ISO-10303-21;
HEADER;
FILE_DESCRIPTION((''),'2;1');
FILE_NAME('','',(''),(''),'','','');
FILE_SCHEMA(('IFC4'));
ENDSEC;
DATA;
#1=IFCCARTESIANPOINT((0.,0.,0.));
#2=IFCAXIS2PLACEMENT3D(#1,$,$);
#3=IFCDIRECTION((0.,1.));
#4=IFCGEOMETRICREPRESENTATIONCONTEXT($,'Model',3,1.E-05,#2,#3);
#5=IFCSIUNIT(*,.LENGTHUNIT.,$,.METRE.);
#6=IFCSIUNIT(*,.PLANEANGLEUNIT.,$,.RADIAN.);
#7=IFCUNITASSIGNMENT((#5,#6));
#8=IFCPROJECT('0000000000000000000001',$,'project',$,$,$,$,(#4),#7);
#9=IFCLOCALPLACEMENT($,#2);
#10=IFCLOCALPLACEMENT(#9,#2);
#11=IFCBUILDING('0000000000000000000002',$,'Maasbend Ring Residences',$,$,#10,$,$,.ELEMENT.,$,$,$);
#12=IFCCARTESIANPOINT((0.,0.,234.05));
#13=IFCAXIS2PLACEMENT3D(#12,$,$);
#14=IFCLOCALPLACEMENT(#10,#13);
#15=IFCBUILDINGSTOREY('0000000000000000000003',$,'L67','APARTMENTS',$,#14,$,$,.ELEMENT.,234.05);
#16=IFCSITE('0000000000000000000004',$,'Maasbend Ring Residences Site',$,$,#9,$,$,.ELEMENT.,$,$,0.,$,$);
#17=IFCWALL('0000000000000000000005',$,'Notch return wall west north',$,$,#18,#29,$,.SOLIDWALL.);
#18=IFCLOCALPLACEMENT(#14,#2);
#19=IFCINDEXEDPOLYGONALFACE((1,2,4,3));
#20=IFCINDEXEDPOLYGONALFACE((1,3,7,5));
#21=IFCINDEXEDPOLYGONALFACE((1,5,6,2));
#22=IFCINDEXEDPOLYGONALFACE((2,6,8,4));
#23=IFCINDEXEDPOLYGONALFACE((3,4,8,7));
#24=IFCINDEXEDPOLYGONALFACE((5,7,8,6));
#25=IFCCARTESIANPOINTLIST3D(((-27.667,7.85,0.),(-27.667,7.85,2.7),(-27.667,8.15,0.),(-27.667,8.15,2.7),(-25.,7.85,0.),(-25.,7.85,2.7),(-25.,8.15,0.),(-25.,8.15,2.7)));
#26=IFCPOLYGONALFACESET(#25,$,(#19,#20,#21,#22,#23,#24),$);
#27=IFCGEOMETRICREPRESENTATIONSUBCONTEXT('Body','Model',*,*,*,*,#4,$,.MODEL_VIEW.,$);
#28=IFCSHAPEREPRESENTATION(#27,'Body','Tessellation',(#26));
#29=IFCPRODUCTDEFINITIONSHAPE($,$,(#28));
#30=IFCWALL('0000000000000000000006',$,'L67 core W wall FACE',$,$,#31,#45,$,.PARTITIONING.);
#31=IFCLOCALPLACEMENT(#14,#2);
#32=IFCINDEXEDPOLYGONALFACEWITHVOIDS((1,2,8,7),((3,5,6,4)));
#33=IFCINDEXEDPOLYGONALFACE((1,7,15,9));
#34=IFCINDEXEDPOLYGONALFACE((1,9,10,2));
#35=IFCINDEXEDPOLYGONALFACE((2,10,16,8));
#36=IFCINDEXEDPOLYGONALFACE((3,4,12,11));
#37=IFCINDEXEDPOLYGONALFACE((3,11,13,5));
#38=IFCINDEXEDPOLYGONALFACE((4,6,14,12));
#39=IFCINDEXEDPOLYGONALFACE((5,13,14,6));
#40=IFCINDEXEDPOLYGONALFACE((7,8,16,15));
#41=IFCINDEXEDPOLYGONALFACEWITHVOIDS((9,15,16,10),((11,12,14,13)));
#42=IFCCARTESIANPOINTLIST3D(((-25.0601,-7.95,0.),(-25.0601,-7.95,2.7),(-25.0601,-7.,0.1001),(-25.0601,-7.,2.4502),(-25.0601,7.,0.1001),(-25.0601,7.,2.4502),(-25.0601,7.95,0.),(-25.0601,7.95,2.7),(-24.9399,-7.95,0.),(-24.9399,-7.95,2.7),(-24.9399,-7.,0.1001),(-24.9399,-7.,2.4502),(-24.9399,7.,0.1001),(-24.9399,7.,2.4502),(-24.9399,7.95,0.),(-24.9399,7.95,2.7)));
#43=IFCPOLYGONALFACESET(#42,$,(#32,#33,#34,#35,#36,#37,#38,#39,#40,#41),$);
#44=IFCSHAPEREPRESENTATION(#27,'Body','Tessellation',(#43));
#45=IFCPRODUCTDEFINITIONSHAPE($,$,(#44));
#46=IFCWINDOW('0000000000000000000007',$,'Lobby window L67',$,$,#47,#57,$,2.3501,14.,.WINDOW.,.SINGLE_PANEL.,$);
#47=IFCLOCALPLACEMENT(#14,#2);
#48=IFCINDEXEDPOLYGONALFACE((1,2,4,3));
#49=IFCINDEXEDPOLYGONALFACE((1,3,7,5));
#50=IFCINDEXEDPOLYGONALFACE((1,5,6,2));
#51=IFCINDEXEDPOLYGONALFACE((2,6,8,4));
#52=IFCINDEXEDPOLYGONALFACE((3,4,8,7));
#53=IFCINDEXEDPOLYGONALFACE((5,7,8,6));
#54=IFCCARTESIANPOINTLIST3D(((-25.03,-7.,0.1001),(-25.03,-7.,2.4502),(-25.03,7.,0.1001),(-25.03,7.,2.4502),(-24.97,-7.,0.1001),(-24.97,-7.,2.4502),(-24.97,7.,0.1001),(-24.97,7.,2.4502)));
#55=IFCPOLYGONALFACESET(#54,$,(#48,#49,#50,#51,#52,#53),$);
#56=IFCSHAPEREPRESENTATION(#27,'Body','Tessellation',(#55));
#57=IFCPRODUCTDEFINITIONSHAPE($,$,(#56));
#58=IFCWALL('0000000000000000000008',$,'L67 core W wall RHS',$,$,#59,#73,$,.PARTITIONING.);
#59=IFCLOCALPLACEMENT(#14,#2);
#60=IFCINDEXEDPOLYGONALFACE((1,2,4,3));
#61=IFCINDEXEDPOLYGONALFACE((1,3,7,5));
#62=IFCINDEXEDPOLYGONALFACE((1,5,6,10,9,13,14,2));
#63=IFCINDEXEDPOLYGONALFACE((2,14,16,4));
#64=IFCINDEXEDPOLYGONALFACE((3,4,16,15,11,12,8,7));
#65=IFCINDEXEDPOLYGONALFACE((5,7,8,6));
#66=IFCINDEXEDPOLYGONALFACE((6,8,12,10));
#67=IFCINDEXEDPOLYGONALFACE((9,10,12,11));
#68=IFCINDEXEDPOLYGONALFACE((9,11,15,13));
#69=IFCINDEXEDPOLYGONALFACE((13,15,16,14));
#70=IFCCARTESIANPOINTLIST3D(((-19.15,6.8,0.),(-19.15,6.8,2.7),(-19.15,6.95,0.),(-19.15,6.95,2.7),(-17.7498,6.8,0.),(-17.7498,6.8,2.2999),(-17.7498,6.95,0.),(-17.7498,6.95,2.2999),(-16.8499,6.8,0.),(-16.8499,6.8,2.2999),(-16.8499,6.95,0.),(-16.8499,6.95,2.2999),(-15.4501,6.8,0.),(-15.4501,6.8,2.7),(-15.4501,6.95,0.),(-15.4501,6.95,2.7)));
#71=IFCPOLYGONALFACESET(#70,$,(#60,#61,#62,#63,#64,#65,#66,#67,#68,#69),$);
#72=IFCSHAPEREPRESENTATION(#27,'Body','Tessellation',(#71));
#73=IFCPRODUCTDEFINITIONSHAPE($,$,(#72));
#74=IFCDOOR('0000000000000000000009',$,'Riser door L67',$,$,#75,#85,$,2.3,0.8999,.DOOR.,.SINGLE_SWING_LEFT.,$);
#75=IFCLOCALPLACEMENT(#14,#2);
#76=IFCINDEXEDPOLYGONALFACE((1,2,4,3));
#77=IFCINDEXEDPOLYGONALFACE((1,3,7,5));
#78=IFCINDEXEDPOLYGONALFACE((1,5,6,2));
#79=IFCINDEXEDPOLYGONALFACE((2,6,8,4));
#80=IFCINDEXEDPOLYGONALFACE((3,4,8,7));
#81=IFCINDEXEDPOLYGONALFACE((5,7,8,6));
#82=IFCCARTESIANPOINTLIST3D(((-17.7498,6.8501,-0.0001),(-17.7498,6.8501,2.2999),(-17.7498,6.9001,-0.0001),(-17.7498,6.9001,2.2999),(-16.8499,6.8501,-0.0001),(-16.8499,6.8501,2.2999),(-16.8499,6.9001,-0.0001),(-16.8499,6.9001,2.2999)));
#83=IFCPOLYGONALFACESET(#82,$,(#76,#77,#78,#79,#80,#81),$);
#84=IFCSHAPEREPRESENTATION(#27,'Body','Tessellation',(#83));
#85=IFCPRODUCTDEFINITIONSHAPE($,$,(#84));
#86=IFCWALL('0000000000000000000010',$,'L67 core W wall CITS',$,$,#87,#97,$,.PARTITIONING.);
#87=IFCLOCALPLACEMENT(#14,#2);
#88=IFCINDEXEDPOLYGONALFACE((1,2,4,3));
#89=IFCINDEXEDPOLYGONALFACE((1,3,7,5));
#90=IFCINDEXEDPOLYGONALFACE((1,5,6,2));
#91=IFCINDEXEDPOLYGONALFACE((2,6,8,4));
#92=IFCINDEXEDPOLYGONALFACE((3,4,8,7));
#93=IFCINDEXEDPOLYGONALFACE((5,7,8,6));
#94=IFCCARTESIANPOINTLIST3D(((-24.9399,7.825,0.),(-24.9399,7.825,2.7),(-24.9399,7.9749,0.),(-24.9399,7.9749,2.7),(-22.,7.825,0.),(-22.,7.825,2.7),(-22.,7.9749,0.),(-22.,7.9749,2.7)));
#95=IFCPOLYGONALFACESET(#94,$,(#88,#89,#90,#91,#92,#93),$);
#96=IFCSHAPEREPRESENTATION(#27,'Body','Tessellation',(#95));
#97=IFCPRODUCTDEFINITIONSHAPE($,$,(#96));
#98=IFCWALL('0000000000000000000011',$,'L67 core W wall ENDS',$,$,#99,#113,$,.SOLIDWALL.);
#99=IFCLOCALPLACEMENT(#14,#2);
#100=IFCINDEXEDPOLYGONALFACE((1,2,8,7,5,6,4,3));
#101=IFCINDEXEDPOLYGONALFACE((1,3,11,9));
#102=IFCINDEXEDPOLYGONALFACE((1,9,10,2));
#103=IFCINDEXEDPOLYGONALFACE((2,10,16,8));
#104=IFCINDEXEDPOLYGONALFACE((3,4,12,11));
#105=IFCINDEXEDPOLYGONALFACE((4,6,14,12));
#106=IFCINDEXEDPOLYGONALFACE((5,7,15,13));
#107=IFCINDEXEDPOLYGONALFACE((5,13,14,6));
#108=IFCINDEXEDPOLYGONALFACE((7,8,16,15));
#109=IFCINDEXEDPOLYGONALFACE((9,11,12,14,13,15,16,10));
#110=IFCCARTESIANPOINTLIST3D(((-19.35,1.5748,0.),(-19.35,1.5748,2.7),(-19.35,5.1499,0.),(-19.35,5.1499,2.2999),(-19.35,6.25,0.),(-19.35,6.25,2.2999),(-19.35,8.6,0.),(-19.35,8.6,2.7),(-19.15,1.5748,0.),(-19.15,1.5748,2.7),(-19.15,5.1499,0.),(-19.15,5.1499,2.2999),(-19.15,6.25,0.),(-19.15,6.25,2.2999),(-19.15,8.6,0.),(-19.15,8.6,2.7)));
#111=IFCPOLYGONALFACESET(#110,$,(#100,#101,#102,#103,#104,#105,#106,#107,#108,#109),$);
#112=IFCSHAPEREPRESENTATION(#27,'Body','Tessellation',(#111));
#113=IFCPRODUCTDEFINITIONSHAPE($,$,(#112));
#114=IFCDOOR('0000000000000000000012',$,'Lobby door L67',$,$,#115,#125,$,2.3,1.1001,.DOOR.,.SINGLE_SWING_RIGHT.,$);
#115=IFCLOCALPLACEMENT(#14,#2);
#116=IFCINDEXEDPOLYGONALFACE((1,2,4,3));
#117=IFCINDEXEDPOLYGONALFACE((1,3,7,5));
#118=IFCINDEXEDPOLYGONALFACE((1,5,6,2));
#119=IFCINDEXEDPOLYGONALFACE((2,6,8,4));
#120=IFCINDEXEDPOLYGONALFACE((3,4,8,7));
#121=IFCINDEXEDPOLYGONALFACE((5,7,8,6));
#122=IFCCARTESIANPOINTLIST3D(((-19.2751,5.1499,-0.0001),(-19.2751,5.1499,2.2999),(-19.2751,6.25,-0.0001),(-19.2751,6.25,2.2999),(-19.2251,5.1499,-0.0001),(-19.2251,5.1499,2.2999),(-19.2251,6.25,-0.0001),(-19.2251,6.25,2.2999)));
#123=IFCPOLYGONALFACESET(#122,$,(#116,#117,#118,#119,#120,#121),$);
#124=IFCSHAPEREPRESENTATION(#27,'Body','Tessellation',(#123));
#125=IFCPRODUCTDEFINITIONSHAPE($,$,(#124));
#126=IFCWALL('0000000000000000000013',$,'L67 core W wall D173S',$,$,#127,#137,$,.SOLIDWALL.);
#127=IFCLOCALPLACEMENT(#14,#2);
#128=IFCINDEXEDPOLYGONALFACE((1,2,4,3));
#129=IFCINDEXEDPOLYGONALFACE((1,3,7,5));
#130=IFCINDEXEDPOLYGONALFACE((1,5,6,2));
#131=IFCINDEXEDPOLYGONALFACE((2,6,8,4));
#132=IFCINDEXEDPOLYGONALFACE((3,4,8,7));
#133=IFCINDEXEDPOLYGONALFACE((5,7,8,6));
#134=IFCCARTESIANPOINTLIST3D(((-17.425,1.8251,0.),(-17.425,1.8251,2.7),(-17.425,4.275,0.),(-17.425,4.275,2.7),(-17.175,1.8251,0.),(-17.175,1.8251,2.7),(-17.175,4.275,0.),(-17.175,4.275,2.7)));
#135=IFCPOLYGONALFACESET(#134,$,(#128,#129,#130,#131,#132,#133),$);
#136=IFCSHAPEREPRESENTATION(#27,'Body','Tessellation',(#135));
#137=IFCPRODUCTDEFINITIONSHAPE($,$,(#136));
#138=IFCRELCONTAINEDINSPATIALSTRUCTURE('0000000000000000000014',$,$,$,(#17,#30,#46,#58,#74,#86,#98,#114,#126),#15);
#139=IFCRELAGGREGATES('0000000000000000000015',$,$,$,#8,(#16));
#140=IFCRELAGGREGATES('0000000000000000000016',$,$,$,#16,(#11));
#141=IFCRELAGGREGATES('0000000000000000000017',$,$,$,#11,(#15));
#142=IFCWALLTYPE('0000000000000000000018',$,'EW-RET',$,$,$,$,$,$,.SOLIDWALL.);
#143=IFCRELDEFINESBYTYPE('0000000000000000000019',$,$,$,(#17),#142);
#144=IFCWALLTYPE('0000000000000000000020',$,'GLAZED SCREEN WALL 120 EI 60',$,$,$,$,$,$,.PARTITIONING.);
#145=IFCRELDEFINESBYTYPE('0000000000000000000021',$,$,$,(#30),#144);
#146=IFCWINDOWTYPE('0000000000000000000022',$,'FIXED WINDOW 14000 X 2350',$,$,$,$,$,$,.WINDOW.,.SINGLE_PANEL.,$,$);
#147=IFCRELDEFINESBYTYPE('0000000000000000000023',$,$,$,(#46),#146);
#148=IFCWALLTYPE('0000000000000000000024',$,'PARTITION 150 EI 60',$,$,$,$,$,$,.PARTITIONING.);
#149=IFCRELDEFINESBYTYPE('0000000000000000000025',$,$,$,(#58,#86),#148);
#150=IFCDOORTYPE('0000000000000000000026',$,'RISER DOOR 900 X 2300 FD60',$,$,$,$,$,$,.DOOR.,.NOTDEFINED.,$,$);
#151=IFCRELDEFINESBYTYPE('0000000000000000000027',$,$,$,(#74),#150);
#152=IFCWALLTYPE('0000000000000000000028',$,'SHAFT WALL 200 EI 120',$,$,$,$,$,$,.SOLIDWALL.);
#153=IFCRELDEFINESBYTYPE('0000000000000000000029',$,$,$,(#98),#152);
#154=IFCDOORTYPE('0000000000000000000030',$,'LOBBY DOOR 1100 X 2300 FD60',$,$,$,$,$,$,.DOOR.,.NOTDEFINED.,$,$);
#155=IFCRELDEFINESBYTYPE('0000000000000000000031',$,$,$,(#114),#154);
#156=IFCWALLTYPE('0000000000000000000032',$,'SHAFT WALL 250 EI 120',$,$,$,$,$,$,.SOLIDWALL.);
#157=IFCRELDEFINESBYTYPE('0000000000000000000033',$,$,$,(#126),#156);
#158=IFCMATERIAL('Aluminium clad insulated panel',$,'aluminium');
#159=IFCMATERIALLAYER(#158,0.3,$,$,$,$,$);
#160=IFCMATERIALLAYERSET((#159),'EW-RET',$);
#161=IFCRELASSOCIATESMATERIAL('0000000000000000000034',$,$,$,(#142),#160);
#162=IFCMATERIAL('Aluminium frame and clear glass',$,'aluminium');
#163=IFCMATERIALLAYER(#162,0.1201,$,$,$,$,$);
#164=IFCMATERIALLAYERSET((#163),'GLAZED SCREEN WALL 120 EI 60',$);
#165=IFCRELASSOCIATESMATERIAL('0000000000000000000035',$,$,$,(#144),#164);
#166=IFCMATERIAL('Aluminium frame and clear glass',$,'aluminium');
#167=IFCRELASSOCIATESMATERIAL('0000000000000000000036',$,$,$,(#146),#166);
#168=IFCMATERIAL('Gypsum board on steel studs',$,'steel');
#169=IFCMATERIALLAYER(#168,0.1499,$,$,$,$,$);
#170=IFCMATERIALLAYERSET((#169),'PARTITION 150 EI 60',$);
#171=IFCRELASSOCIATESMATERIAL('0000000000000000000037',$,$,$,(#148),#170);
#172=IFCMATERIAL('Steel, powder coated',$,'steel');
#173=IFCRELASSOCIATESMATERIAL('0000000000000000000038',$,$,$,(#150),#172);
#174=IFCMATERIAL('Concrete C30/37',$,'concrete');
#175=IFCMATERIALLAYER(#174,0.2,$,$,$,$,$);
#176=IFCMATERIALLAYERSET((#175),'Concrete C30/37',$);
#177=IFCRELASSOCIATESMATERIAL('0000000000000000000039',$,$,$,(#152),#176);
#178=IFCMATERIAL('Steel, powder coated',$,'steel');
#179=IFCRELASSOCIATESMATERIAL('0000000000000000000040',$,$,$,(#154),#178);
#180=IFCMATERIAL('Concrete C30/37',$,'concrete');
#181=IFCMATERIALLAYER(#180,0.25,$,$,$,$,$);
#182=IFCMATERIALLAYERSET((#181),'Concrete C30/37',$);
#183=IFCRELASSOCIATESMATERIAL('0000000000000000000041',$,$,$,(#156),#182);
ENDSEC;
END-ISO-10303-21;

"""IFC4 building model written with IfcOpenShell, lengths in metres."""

from ifc_helpers import new_model, si_unit, direction, frame, frame_2d, origin, place, context, subcontext, project, spatial, rectangle, extrude, material, layer, layer_set, type_object, element, fill, save


model = new_model("IFC4")

# Units and contexts
model_context = context("Model", 3, precision=1e-05, world=origin(), true_north=direction((0.0, 1.0)))
body_context = subcontext(model_context, "Body", "Model", "MODEL_VIEW")
ifc_project = project(units=[si_unit("LENGTHUNIT", "METRE"), si_unit("PLANEANGLEUNIT", "RADIAN")], contexts=[model_context])

# Site, building, storey
site_placement = place(None, origin())
site = spatial("IfcSite", under=ifc_project, at=site_placement, Name="Maasbend Ring Residences Site", CompositionType="ELEMENT", RefElevation=0.0)
building_placement = place(site_placement, origin())
building = spatial("IfcBuilding", under=site, at=building_placement, Name="Maasbend Ring Residences", CompositionType="ELEMENT")
storey_placement = place(building_placement, frame((0.0, 0.0, 234.05)))
storey = spatial("IfcBuildingStorey", under=building, at=storey_placement, Name="L67", Description="APARTMENTS", CompositionType="ELEMENT", Elevation=234.05)

# Wall
ifc_material_1 = material(Name="Aluminium clad insulated panel", Category="aluminium")
ifc_layer_1 = layer(ifc_material_1, 0.3)
ifc_layer_set_1 = layer_set([ifc_layer_1], Name="EW-RET")
wall_type_1 = type_object("IfcWallType", Name="EW-RET", PredefinedType="SOLIDWALL", material=ifc_layer_set_1)
wall_1_placement = place(storey_placement, frame((-25.0, 8.0, 0.0), z_axis=(0.0, 0.0, 1.0), x_axis=(-1.0, 0.0, 0.0)))
element("IfcWall", 1, at=wall_1_placement, inside=storey, type_object=wall_type_1, Name="Notch return wall west north", PredefinedType="SOLIDWALL", context=body_context, shape_type="SweptSolid", body=[
    extrude(rectangle(XDim=2.667, YDim=0.3, at=frame_2d((1.3335, 0.0))), origin(), (0.0, 0.0, 1.0), 2.7),
])

# Wall, opening, window
ifc_material_2 = material(Name="Aluminium frame and clear glass", Category="aluminium")
ifc_layer_2 = layer(ifc_material_2, 0.1201)
ifc_layer_set_2 = layer_set([ifc_layer_2], Name="GLAZED SCREEN WALL 120 EI 60")
wall_type_2 = type_object("IfcWallType", Name="GLAZED SCREEN WALL 120 EI 60", PredefinedType="PARTITIONING", material=ifc_layer_set_2)
wall_2_placement = place(storey_placement, frame((-25.0, 7.95, 0.0), z_axis=(0.0, 0.0, 1.0), x_axis=(0.0, -1.0, 0.0)))
wall_2 = element("IfcWall", 2, at=wall_2_placement, inside=storey, type_object=wall_type_2, Name="L67 core W wall FACE", PredefinedType="PARTITIONING", context=body_context, shape_type="SweptSolid", body=[
    extrude(rectangle(XDim=15.8999, YDim=0.1201, at=frame_2d((7.95, 0.0))), origin(), (0.0, 0.0, 1.0), 2.7),
])
opening_1_placement = place(wall_2_placement, frame((0.95, 0.0, 0.1001)))
opening_1 = element("IfcOpeningElement", 3, at=opening_1_placement, cuts=wall_2, PredefinedType="OPENING", context=body_context, shape_type="SweptSolid", body=[
    extrude(rectangle(XDim=14.0, YDim=2.3501, at=frame_2d((7.0, 1.175))), frame((0.0, 0.0701, 0.0), z_axis=(0.0, -1.0, 0.0), x_axis=(1.0, 0.0, 0.0)), (0.0, 0.0, 1.0), 0.1401),
])
ifc_material_3 = material(Name="Aluminium frame and clear glass", Category="aluminium")
window_type_1 = type_object("IfcWindowType", Name="FIXED WINDOW 14000 X 2350", PartitioningType="SINGLE_PANEL", PredefinedType="WINDOW", material=ifc_material_3)
window_1_placement = place(opening_1_placement, origin())
window_1 = element("IfcWindow", 4, at=window_1_placement, inside=storey, type_object=window_type_1, Name="Lobby window L67", OverallHeight=2.3501, OverallWidth=14.0, PartitioningType="SINGLE_PANEL", PredefinedType="WINDOW", context=body_context, shape_type="SweptSolid", body=[
    extrude(rectangle(XDim=14.0, YDim=2.3501, at=frame_2d((7.0, 1.175))), frame((0.0, 0.03, 0.0), z_axis=(0.0, -1.0, 0.0), x_axis=(1.0, 0.0, 0.0)), (0.0, 0.0, 1.0), 0.0601),
])
fill(opening_1, window_1)

# Wall, opening, door
ifc_material_4 = material(Name="Gypsum board on steel studs", Category="steel")
ifc_layer_3 = layer(ifc_material_4, 0.1499)
ifc_layer_set_3 = layer_set([ifc_layer_3], Name="PARTITION 150 EI 60")
wall_type_3 = type_object("IfcWallType", Name="PARTITION 150 EI 60", PredefinedType="PARTITIONING", material=ifc_layer_set_3)
wall_3_placement = place(storey_placement, frame((-15.45, 6.875, 0.0), z_axis=(0.0, 0.0, 1.0), x_axis=(-1.0, 0.0, 0.0)))
wall_3 = element("IfcWall", 5, at=wall_3_placement, inside=storey, type_object=wall_type_3, Name="L67 core W wall RHS", PredefinedType="PARTITIONING", context=body_context, shape_type="SweptSolid", body=[
    extrude(rectangle(XDim=3.7, YDim=0.1499, at=frame_2d((1.8501, 0.0))), origin(), (0.0, 0.0, 1.0), 2.7),
])
opening_2_placement = place(wall_3_placement, frame((1.3999, 0.0, 0.0)))
opening_2 = element("IfcOpeningElement", 6, at=opening_2_placement, cuts=wall_3, PredefinedType="OPENING", context=body_context, shape_type="SweptSolid", body=[
    extrude(rectangle(XDim=0.8999, YDim=2.3, at=frame_2d((0.45, 1.1499))), frame((0.0, 0.085, 0.0), z_axis=(0.0, -1.0, 0.0), x_axis=(1.0, 0.0, 0.0)), (0.0, 0.0, 1.0), 0.1699),
])
ifc_material_5 = material(Name="Steel, powder coated", Category="steel")
door_type_1 = type_object("IfcDoorType", Name="RISER DOOR 900 X 2300 FD60", OperationType="NOTDEFINED", PredefinedType="DOOR", material=ifc_material_5)
door_1_placement = place(opening_2_placement, origin())
door_1 = element("IfcDoor", 7, at=door_1_placement, inside=storey, type_object=door_type_1, Name="Riser door L67", OperationType="SINGLE_SWING_LEFT", OverallHeight=2.3, OverallWidth=0.8999, PredefinedType="DOOR", context=body_context, shape_type="SweptSolid", body=[
    extrude(rectangle(XDim=0.8999, YDim=2.3, at=frame_2d((0.45, 1.1499))), frame((0.0, 0.0249, 0.0), z_axis=(0.0, -1.0, 0.0), x_axis=(1.0, 0.0, 0.0)), (0.0, 0.0, 1.0), 0.05),
])
fill(opening_2, door_1)

# Wall
wall_4_placement = place(storey_placement, frame((-22.0, 7.8999, 0.0), z_axis=(0.0, 0.0, 1.0), x_axis=(-1.0, 0.0, 0.0)))
element("IfcWall", 8, at=wall_4_placement, inside=storey, type_object=wall_type_3, Name="L67 core W wall CITS", PredefinedType="PARTITIONING", context=body_context, shape_type="SweptSolid", body=[
    extrude(rectangle(XDim=2.9399, YDim=0.1499, at=frame_2d((1.47, 0.0))), origin(), (0.0, 0.0, 1.0), 2.7),
])

# Wall, opening, door
ifc_material_6 = material(Name="Concrete C30/37", Category="concrete")
ifc_layer_4 = layer(ifc_material_6, 0.2)
ifc_layer_set_4 = layer_set([ifc_layer_4], Name="Concrete C30/37")
wall_type_4 = type_object("IfcWallType", Name="SHAFT WALL 200 EI 120", PredefinedType="SOLIDWALL", material=ifc_layer_set_4)
wall_5_placement = place(storey_placement, frame((-19.25, 8.6001, 0.0), z_axis=(0.0, 0.0, 1.0), x_axis=(0.0, -1.0, 0.0)))
wall_5 = element("IfcWall", 9, at=wall_5_placement, inside=storey, type_object=wall_type_4, Name="L67 core W wall ENDS", PredefinedType="SOLIDWALL", context=body_context, shape_type="SweptSolid", body=[
    extrude(rectangle(XDim=7.0251, YDim=0.2, at=frame_2d((3.5127, 0.0))), origin(), (0.0, 0.0, 1.0), 2.7),
])
opening_3_placement = place(wall_5_placement, frame((2.3501, 0.0, 0.0)))
opening_3 = element("IfcOpeningElement", 10, at=opening_3_placement, cuts=wall_5, PredefinedType="OPENING", context=body_context, shape_type="SweptSolid", body=[
    extrude(rectangle(XDim=1.1001, YDim=2.3, at=frame_2d((0.55, 1.1499))), frame((0.0, 0.1099, 0.0), z_axis=(0.0, -1.0, 0.0), x_axis=(1.0, 0.0, 0.0)), (0.0, 0.0, 1.0), 0.22),
])
ifc_material_7 = material(Name="Steel, powder coated", Category="steel")
door_type_2 = type_object("IfcDoorType", Name="LOBBY DOOR 1100 X 2300 FD60", OperationType="NOTDEFINED", PredefinedType="DOOR", material=ifc_material_7)
door_2_placement = place(opening_3_placement, origin())
door_2 = element("IfcDoor", 11, at=door_2_placement, inside=storey, type_object=door_type_2, Name="Lobby door L67", OperationType="SINGLE_SWING_RIGHT", OverallHeight=2.3, OverallWidth=1.1001, PredefinedType="DOOR", context=body_context, shape_type="SweptSolid", body=[
    extrude(rectangle(XDim=1.1001, YDim=2.3, at=frame_2d((0.55, 1.1499))), frame((0.0, 0.0249, 0.0), z_axis=(0.0, -1.0, 0.0), x_axis=(1.0, 0.0, 0.0)), (0.0, 0.0, 1.0), 0.05),
])
fill(opening_3, door_2)

# Wall
ifc_material_8 = material(Name="Concrete C30/37", Category="concrete")
ifc_layer_5 = layer(ifc_material_8, 0.25)
ifc_layer_set_5 = layer_set([ifc_layer_5], Name="Concrete C30/37")
wall_type_5 = type_object("IfcWallType", Name="SHAFT WALL 250 EI 120", PredefinedType="SOLIDWALL", material=ifc_layer_set_5)
wall_6_placement = place(storey_placement, frame((-17.3, 1.825, 0.0), z_axis=(0.0, 0.0, 1.0), x_axis=(0.0, 1.0, 0.0)))
element("IfcWall", 12, at=wall_6_placement, inside=storey, type_object=wall_type_5, Name="L67 core W wall D173S", PredefinedType="SOLIDWALL", context=body_context, shape_type="SweptSolid", body=[
    extrude(rectangle(XDim=2.45, YDim=0.25, at=frame_2d((1.2251, 0.0))), origin(), (0.0, 0.0, 1.0), 2.7),
])

save(model, "model.ifc")
